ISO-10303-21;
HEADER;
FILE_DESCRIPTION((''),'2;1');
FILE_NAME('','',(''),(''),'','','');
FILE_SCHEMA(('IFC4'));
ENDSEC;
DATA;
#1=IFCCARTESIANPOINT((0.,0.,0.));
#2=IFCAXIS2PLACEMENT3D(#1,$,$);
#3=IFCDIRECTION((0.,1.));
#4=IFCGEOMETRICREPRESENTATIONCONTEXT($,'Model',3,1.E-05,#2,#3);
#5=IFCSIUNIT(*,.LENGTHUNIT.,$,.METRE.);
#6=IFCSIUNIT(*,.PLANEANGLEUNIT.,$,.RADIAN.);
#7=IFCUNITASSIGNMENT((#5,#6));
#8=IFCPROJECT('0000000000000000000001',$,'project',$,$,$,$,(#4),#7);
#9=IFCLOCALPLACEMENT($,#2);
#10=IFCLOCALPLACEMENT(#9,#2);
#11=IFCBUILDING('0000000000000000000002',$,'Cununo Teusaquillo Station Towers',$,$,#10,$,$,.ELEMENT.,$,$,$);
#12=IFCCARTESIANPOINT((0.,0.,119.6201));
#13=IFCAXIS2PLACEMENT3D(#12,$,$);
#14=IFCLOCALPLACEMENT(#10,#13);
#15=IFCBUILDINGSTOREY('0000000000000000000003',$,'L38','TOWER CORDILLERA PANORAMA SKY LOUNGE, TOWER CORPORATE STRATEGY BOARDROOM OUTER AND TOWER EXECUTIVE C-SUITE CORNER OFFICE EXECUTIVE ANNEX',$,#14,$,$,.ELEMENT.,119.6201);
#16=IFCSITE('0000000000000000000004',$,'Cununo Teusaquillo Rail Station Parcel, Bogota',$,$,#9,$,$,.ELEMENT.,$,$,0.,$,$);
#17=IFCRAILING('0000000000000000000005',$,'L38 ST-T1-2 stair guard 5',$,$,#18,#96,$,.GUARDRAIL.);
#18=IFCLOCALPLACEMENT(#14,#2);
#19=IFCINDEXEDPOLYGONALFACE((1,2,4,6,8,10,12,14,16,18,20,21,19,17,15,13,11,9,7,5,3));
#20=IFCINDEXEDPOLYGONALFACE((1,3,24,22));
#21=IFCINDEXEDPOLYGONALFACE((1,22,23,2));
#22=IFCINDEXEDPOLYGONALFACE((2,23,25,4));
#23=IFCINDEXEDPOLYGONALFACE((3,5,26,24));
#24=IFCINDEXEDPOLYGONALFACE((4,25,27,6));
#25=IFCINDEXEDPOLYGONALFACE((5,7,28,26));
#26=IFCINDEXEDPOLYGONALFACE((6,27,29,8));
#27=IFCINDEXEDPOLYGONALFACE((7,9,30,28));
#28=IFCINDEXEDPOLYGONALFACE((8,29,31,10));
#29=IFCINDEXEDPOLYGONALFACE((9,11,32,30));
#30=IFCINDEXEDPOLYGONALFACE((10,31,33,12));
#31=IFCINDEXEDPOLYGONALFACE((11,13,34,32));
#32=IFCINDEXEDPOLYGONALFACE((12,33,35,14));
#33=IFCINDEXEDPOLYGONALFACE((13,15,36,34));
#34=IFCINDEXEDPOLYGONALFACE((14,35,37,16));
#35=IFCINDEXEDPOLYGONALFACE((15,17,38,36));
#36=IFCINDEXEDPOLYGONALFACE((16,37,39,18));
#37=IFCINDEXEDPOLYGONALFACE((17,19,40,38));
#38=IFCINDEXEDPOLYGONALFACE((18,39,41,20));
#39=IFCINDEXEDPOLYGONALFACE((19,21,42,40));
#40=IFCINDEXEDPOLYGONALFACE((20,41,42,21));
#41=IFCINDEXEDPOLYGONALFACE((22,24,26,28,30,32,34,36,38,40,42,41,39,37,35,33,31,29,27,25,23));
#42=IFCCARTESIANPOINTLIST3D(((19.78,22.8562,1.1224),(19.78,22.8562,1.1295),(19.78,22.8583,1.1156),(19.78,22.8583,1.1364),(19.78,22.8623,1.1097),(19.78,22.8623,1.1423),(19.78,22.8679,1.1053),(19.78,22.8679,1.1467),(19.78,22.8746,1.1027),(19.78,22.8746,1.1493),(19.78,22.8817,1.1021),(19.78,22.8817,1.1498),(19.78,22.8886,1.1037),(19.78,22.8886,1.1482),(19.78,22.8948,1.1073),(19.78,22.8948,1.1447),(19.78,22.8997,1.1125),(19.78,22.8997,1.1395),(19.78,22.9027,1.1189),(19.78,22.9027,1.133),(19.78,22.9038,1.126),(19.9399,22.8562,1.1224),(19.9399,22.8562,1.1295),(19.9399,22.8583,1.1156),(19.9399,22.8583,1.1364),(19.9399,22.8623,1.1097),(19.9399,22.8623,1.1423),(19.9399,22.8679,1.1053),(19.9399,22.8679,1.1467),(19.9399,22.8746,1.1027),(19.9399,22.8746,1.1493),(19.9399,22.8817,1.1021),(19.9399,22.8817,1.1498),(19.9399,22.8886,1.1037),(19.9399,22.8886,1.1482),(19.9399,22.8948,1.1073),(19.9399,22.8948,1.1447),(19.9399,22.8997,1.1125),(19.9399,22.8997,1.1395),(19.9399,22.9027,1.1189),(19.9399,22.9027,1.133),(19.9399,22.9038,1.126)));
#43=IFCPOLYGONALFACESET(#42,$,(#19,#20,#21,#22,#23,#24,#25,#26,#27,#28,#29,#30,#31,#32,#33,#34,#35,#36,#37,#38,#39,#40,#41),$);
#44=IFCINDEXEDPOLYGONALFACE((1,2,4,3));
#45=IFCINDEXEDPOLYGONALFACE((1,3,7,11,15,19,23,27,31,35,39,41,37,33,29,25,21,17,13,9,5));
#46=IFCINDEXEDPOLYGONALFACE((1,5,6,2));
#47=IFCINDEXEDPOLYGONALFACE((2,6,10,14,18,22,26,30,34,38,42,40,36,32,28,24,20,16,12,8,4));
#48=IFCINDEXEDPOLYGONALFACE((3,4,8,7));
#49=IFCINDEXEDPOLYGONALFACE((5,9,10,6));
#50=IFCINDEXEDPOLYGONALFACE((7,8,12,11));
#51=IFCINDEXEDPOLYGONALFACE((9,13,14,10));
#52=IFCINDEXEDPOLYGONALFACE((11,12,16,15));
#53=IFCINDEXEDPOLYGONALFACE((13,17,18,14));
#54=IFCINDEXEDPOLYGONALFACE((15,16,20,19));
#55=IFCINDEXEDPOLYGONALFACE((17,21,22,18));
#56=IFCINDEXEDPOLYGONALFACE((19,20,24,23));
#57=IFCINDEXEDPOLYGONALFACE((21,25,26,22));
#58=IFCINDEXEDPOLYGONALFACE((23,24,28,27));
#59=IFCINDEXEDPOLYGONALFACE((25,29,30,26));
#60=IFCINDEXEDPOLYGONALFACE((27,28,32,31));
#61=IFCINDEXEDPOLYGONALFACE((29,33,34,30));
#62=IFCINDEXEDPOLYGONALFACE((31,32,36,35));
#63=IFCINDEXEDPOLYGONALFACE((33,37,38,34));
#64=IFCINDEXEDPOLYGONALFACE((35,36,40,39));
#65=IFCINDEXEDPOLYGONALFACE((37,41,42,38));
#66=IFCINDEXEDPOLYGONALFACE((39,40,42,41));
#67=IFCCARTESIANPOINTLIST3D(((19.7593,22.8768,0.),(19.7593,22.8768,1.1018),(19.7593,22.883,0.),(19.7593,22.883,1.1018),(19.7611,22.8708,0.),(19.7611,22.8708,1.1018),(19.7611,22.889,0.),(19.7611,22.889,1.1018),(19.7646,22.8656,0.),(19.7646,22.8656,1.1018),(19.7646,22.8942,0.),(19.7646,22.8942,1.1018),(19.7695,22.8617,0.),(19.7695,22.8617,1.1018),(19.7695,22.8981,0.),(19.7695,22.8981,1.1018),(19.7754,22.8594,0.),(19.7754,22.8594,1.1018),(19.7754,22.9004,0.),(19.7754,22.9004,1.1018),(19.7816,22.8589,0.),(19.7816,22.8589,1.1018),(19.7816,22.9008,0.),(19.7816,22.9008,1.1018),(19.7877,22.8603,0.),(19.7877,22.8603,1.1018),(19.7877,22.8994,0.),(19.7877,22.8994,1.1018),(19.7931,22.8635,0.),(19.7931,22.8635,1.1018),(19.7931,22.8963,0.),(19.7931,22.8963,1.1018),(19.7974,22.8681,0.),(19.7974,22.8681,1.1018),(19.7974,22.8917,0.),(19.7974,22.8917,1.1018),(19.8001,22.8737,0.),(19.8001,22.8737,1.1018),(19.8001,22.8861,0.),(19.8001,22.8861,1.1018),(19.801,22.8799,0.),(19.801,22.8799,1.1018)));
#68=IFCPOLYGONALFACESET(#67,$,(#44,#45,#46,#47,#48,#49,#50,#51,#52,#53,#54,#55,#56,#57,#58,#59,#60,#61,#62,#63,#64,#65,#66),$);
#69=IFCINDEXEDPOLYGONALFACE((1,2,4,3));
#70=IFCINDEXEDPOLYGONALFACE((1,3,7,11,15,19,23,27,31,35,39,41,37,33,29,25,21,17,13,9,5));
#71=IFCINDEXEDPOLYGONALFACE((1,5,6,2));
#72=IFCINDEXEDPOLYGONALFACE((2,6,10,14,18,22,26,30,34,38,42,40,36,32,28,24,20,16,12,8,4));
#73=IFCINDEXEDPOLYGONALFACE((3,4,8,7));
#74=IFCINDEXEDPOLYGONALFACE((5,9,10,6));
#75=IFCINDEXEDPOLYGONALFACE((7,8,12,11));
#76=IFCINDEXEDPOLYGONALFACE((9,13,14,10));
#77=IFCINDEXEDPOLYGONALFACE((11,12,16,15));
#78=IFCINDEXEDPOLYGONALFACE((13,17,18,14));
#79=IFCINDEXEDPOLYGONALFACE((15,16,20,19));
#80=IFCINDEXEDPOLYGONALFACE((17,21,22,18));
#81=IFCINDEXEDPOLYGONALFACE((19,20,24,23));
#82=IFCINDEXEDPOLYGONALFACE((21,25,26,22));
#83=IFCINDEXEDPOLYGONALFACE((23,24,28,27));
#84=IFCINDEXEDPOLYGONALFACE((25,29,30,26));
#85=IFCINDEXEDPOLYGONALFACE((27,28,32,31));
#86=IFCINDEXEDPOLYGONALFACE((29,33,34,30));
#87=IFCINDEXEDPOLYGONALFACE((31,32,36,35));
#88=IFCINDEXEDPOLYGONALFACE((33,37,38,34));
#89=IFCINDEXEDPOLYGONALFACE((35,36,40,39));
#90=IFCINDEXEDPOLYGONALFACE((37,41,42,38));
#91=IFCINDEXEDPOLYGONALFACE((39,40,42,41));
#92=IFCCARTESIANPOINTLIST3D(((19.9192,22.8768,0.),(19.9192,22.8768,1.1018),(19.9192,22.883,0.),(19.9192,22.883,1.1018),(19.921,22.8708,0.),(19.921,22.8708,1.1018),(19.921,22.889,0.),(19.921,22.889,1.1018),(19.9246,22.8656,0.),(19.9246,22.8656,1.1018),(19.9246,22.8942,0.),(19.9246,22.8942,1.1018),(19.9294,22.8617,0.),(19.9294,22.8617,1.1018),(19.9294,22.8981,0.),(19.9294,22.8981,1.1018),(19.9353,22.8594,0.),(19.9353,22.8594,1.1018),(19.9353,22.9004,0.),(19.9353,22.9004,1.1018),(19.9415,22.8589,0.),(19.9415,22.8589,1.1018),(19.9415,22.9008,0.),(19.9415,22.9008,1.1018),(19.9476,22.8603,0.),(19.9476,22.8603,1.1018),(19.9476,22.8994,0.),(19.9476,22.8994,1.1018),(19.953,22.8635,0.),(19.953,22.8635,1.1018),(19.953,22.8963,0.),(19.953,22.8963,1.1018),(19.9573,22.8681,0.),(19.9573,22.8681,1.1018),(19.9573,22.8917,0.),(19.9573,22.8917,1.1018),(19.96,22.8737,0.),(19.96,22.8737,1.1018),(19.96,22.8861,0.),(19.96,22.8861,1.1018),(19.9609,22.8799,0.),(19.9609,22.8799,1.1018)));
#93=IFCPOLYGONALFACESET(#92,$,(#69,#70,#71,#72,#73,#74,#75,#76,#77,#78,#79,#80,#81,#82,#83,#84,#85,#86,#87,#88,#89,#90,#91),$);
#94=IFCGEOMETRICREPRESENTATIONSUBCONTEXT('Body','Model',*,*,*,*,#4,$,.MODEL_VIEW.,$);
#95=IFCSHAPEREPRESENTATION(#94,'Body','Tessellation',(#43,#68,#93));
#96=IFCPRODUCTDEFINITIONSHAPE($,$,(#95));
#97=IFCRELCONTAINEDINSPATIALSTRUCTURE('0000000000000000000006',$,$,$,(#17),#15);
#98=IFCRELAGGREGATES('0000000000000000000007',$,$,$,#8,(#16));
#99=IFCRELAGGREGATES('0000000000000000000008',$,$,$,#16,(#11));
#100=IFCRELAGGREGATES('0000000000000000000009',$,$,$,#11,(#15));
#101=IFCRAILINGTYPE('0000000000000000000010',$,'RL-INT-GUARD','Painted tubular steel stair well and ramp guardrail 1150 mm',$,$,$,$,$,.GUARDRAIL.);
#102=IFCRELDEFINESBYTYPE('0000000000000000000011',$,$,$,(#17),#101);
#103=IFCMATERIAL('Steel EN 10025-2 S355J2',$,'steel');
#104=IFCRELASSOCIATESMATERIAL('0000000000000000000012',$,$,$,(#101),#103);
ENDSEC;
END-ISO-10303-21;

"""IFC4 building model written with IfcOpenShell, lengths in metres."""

from ifc_helpers import new_model, si_unit, direction, frame, origin, origin_2d, place, context, subcontext, project, spatial, circle, extrude, material, type_object, element, save


model = new_model("IFC4")

# Units and contexts
model_context = context("Model", 3, precision=1e-05, world=origin(), true_north=direction((0.0, 1.0)))
body_context = subcontext(model_context, "Body", "Model", "MODEL_VIEW")
ifc_project = project(units=[si_unit("LENGTHUNIT", "METRE"), si_unit("PLANEANGLEUNIT", "RADIAN")], contexts=[model_context])

# Site, building, storey
site_placement = place(None, origin())
site = spatial("IfcSite", under=ifc_project, at=site_placement, Name="Cununo Teusaquillo Rail Station Parcel, Bogota", CompositionType="ELEMENT", RefElevation=0.0)
building_placement = place(site_placement, origin())
building = spatial("IfcBuilding", under=site, at=building_placement, Name="Cununo Teusaquillo Station Towers", CompositionType="ELEMENT")
storey_placement = place(building_placement, frame((0.0, 0.0, 119.6201)))
storey = spatial("IfcBuildingStorey", under=building, at=storey_placement, Name="L38", Description="TOWER CORDILLERA PANORAMA SKY LOUNGE, TOWER CORPORATE STRATEGY BOARDROOM OUTER AND TOWER EXECUTIVE C-SUITE CORNER OFFICE EXECUTIVE ANNEX", CompositionType="ELEMENT", Elevation=119.6201)

# Railing
ifc_material_1 = material(Name="Steel EN 10025-2 S355J2", Category="steel")
railing_type_1 = type_object("IfcRailingType", Name="RL-INT-GUARD", Description="Painted tubular steel stair well and ramp guardrail 1150 mm", PredefinedType="GUARDRAIL", material=ifc_material_1)
railing_1_placement = place(storey_placement, frame((19.78, 22.8799, 0.0)))
element("IfcRailing", 1, at=railing_1_placement, inside=storey, type_object=railing_type_1, Name="L38 ST-T1-2 stair guard 5", PredefinedType="GUARDRAIL", context=body_context, shape_type="SweptSolid", body=[
    extrude(circle(Radius=0.0239, at=origin_2d()), frame((0.0, 0.0, 1.126), z_axis=(1.0, 0.0, 0.0), x_axis=(0.0, 1.0, 0.0)), (0.0, 0.0, 1.0), 0.1599),
    extrude(circle(Radius=0.021, at=origin_2d()), origin(), (0.0, 0.0, 1.0), 1.1018),
    extrude(circle(Radius=0.021, at=origin_2d()), frame((0.1599, 0.0, 0.0)), (0.0, 0.0, 1.0), 1.1018),
])

save(model, "model.ifc")
